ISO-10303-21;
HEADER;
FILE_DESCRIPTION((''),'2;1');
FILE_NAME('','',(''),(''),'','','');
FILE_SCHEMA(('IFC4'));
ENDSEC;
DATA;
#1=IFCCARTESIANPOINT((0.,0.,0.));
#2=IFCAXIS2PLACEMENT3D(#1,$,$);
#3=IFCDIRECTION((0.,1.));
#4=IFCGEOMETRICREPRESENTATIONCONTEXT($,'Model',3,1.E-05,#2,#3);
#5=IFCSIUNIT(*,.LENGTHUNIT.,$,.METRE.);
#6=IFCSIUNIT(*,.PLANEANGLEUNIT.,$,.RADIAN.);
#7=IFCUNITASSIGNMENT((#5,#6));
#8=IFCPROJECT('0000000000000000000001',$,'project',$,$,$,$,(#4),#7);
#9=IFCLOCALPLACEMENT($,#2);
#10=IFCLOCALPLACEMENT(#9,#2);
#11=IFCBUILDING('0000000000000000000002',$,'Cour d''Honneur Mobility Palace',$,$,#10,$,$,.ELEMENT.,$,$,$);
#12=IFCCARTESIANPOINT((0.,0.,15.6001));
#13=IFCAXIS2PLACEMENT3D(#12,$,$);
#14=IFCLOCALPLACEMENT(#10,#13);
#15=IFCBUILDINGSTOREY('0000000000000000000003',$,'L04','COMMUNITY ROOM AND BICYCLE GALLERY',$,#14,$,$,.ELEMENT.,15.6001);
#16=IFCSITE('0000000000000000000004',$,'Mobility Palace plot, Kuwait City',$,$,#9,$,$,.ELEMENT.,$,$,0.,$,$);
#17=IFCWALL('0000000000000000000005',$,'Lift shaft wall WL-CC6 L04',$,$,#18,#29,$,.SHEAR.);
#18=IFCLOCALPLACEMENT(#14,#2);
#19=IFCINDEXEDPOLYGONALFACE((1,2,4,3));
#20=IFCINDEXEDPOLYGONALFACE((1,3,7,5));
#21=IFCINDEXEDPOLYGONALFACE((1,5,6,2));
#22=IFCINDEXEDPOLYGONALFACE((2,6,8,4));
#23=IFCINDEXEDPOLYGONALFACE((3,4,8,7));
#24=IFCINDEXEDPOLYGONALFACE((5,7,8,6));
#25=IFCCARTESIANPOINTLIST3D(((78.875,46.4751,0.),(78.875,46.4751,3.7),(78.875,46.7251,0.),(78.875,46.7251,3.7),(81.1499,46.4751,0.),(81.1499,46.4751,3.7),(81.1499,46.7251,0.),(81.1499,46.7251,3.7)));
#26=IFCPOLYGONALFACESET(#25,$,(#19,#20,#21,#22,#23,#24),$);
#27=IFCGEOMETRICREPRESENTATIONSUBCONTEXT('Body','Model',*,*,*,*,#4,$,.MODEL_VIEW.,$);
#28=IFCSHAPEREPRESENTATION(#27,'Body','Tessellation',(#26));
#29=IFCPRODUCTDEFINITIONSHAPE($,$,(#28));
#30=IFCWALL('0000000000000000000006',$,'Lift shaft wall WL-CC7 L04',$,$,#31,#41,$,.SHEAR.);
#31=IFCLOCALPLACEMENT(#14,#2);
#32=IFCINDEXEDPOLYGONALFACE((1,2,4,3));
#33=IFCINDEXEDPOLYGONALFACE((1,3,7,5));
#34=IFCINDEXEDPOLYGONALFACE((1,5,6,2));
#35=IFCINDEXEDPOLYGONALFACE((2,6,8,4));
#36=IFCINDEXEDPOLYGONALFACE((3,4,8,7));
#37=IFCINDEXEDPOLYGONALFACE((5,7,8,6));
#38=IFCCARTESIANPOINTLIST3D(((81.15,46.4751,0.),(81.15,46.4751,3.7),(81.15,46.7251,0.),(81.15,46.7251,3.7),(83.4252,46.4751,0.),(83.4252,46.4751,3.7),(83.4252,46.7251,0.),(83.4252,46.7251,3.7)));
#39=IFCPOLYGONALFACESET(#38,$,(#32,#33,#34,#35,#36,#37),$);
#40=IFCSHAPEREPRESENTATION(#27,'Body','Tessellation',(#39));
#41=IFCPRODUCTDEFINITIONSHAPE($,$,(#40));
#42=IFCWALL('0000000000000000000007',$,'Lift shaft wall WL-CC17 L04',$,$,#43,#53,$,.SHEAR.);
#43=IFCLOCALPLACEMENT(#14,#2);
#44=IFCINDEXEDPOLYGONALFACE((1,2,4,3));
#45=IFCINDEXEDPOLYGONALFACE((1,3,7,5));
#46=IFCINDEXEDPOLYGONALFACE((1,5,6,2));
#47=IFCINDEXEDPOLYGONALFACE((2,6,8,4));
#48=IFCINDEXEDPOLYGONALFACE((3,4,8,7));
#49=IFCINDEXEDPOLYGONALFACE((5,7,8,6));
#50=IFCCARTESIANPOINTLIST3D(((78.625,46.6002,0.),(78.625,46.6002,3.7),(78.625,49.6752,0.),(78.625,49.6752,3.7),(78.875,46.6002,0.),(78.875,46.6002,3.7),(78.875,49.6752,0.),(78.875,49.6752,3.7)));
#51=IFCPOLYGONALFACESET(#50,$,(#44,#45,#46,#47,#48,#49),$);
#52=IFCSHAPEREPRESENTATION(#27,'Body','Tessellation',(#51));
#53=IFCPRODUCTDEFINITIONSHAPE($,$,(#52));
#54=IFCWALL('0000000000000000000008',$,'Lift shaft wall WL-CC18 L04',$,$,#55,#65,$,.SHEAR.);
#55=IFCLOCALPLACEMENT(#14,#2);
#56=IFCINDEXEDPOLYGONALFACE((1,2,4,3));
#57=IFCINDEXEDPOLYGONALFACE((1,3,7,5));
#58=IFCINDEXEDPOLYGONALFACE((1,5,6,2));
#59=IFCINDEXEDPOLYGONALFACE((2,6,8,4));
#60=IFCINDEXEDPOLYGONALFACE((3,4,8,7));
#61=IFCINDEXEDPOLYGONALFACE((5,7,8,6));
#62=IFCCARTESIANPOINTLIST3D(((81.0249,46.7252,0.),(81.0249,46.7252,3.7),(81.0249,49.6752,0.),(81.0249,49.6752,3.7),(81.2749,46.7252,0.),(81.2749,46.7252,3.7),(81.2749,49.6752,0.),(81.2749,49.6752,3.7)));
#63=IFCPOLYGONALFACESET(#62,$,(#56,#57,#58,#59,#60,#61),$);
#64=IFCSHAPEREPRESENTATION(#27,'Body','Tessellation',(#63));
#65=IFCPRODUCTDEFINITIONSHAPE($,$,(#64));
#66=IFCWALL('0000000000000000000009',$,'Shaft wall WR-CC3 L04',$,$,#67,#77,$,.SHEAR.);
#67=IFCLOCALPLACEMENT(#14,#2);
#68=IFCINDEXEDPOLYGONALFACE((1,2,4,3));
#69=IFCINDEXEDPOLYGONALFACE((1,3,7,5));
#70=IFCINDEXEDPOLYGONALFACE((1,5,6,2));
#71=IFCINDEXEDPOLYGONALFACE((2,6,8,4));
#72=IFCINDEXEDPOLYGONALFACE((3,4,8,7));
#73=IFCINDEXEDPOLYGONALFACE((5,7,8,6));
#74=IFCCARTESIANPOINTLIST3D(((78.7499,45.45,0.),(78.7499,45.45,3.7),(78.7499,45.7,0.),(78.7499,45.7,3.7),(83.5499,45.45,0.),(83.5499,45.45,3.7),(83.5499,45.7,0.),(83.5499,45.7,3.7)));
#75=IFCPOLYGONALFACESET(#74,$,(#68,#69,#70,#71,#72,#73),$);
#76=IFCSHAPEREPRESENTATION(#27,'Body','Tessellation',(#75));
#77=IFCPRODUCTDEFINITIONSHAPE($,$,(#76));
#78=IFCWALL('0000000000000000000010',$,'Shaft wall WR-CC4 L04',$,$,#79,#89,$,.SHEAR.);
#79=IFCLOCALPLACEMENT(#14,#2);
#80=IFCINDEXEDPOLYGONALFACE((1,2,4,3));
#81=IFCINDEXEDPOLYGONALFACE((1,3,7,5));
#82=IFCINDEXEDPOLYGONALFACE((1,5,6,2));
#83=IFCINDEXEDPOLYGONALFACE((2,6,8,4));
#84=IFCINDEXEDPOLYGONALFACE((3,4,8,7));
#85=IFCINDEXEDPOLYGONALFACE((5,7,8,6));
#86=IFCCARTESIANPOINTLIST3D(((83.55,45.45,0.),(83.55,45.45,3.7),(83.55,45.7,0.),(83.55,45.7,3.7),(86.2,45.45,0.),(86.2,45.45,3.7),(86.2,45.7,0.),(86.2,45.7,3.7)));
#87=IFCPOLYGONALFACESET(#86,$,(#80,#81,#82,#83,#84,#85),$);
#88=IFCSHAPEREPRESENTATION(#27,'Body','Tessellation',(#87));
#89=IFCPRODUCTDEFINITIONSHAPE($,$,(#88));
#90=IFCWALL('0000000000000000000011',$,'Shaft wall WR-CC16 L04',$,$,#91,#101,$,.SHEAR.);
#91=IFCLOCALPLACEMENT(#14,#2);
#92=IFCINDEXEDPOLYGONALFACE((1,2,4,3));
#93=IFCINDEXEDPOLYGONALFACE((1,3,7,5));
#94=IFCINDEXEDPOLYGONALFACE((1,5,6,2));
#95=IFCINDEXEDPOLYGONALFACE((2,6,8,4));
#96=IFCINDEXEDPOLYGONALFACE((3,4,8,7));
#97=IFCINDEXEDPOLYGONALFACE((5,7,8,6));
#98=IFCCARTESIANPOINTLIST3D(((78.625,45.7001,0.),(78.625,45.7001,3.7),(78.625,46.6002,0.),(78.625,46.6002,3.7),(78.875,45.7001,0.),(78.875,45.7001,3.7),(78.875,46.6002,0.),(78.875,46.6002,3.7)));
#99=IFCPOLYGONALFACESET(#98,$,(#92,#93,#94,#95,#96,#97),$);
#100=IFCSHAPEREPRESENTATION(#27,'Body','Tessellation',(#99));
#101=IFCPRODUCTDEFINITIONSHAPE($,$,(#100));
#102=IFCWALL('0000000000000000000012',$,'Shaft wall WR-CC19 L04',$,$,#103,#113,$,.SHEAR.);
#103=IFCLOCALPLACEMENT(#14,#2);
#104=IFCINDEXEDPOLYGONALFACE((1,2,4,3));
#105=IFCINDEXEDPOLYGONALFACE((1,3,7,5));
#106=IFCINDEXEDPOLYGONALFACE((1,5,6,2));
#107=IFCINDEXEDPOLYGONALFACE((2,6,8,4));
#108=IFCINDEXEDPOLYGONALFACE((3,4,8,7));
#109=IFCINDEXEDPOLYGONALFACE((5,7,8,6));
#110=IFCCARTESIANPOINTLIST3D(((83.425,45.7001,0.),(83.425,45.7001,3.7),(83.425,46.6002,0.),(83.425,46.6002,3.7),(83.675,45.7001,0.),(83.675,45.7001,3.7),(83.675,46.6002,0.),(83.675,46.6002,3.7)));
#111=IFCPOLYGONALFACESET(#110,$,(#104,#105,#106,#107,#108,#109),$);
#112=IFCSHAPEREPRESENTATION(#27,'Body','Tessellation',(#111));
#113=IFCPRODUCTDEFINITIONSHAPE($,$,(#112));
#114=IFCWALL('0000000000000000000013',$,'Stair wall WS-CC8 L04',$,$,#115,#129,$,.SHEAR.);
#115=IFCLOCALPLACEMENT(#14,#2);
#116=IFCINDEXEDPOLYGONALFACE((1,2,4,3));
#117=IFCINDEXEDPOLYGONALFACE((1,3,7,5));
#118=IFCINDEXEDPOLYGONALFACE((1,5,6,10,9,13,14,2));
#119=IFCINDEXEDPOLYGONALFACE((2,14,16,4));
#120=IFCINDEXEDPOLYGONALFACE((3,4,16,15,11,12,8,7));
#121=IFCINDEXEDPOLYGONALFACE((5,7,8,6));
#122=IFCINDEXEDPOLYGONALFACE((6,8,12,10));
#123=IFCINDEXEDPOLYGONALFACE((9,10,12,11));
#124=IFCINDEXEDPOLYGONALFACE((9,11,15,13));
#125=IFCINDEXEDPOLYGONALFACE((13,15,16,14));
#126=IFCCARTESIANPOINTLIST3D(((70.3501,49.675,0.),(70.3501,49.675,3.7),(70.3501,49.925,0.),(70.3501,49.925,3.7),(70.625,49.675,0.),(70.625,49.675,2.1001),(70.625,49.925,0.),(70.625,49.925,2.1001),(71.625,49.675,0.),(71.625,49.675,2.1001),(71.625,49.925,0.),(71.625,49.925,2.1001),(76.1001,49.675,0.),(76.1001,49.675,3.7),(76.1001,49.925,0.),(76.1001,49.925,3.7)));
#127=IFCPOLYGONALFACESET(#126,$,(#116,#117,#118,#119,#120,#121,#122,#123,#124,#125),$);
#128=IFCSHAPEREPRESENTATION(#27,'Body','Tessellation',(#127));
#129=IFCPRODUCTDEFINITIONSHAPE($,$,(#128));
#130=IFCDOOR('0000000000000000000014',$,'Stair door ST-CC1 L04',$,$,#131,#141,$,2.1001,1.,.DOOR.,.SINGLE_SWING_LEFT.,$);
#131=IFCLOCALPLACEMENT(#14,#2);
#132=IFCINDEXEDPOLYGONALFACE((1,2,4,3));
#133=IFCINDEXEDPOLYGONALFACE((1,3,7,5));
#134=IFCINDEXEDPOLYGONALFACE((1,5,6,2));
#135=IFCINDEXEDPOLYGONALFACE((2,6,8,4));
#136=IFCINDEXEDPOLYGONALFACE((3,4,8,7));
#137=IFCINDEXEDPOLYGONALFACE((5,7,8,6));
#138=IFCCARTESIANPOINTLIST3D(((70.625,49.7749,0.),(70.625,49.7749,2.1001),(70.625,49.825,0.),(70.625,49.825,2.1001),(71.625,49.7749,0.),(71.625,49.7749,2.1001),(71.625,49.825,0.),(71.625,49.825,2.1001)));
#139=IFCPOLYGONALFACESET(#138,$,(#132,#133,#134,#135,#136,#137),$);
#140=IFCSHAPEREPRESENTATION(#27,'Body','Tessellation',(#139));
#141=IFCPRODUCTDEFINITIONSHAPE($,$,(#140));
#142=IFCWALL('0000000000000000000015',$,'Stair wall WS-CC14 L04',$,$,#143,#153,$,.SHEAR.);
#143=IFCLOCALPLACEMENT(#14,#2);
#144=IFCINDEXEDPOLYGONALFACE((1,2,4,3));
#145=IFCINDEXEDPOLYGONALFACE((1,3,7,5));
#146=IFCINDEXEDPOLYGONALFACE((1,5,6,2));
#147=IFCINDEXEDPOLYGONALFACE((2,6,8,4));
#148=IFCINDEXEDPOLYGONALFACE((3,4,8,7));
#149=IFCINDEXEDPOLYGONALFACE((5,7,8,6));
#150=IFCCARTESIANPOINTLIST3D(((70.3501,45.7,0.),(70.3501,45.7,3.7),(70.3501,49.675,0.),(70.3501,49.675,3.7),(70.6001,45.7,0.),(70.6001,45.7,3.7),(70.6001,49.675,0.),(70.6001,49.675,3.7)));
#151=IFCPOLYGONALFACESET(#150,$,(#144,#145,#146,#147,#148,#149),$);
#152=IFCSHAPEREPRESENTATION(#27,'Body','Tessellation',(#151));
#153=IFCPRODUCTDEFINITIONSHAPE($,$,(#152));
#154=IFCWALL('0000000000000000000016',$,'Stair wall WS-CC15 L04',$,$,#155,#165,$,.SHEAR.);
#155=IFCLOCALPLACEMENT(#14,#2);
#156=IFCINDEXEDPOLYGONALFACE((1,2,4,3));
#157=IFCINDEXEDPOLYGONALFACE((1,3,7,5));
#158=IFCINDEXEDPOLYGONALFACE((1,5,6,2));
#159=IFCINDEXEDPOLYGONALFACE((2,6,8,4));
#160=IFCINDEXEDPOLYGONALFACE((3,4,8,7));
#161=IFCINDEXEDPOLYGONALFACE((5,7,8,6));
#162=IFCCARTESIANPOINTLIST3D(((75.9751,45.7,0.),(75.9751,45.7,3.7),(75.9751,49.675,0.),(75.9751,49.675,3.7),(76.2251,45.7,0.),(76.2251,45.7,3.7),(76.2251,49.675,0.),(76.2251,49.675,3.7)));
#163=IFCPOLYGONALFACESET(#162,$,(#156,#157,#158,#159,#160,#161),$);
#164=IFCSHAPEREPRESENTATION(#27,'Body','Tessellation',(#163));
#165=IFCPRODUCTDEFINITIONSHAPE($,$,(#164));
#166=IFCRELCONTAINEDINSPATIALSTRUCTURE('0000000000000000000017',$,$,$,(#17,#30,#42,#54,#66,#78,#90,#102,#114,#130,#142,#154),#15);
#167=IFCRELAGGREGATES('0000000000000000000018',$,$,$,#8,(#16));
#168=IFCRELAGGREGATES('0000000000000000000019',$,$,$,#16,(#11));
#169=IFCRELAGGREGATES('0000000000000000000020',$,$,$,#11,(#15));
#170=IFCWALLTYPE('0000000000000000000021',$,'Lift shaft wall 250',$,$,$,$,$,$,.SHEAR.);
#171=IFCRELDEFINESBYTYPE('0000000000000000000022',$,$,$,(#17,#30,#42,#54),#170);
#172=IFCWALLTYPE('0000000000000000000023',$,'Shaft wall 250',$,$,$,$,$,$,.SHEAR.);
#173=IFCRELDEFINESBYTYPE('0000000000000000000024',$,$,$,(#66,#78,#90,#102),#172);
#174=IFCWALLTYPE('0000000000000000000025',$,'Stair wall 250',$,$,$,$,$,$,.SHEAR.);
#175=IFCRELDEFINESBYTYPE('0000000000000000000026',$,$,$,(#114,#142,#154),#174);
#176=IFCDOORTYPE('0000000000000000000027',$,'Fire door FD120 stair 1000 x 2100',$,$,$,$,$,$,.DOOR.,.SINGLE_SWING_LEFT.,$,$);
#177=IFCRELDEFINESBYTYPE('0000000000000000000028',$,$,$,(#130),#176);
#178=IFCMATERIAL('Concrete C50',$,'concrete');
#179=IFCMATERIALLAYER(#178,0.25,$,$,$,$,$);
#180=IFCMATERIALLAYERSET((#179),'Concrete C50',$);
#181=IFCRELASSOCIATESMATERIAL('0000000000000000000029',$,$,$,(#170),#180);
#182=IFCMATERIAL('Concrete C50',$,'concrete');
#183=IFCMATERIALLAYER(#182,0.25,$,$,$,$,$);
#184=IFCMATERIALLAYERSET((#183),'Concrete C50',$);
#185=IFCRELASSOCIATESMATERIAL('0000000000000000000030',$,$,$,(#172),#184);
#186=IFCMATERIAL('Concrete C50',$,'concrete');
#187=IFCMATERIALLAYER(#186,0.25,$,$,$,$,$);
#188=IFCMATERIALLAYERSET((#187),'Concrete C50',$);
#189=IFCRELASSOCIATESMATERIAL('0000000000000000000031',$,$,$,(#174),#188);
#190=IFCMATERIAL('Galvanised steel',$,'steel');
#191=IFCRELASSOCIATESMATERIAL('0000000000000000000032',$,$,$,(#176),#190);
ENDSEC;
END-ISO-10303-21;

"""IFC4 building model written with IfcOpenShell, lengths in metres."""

from ifc_helpers import new_model, si_unit, direction, frame, frame_2d, origin, place, context, subcontext, project, spatial, rectangle, extrude, material, layer, layer_set, type_object, element, fill, save


model = new_model("IFC4")

# Units and contexts
model_context = context("Model", 3, precision=1e-05, world=origin(), true_north=direction((0.0, 1.0)))
body_context = subcontext(model_context, "Body", "Model", "MODEL_VIEW")
ifc_project = project(units=[si_unit("LENGTHUNIT", "METRE"), si_unit("PLANEANGLEUNIT", "RADIAN")], contexts=[model_context])

# Site, building, storey
site_placement = place(None, origin())
site = spatial("IfcSite", under=ifc_project, at=site_placement, Name="Mobility Palace plot, Kuwait City", CompositionType="ELEMENT", RefElevation=0.0)
building_placement = place(site_placement, origin())
building = spatial("IfcBuilding", under=site, at=building_placement, Name="Cour d'Honneur Mobility Palace", CompositionType="ELEMENT")
storey_placement = place(building_placement, frame((0.0, 0.0, 15.6001)))
storey = spatial("IfcBuildingStorey", under=building, at=storey_placement, Name="L04", Description="COMMUNITY ROOM AND BICYCLE GALLERY", CompositionType="ELEMENT", Elevation=15.6001)

# Walls
ifc_material_1 = material(Name="Concrete C50", Category="concrete")
ifc_layer_1 = layer(ifc_material_1, 0.25)
ifc_layer_set_1 = layer_set([ifc_layer_1], Name="Concrete C50")
wall_type_1 = type_object("IfcWallType", Name="Lift shaft wall 250", PredefinedType="SHEAR", material=ifc_layer_set_1)
wall_1_placement = place(storey_placement, frame((78.875, 46.6001, 0.0), z_axis=(0.0, 0.0, 1.0), x_axis=(1.0, 0.0, 0.0)))
element("IfcWall", 1, at=wall_1_placement, inside=storey, type_object=wall_type_1, Name="Lift shaft wall WL-CC6 L04", PredefinedType="SHEAR", context=body_context, shape_type="SweptSolid", body=[
    extrude(rectangle(XDim=2.2749, YDim=0.25, at=frame_2d((1.1375, 0.0))), origin(), (0.0, 0.0, 1.0), 3.7),
])
wall_2_placement = place(storey_placement, frame((81.1499, 46.6001, 0.0), z_axis=(0.0, 0.0, 1.0), x_axis=(1.0, 0.0, 0.0)))
element("IfcWall", 2, at=wall_2_placement, inside=storey, type_object=wall_type_1, Name="Lift shaft wall WL-CC7 L04", PredefinedType="SHEAR", context=body_context, shape_type="SweptSolid", body=[
    extrude(rectangle(XDim=2.2751, YDim=0.25, at=frame_2d((1.1377, 0.0))), origin(), (0.0, 0.0, 1.0), 3.7),
])
wall_3_placement = place(storey_placement, frame((78.75, 46.6001, 0.0), z_axis=(0.0, 0.0, 1.0), x_axis=(0.0, 1.0, 0.0)))
element("IfcWall", 3, at=wall_3_placement, inside=storey, type_object=wall_type_1, Name="Lift shaft wall WL-CC17 L04", PredefinedType="SHEAR", context=body_context, shape_type="SweptSolid", body=[
    extrude(rectangle(XDim=3.075, YDim=0.25, at=frame_2d((1.5376, 0.0))), origin(), (0.0, 0.0, 1.0), 3.7),
])
wall_4_placement = place(storey_placement, frame((81.1499, 46.7251, 0.0), z_axis=(0.0, 0.0, 1.0), x_axis=(0.0, 1.0, 0.0)))
element("IfcWall", 4, at=wall_4_placement, inside=storey, type_object=wall_type_1, Name="Lift shaft wall WL-CC18 L04", PredefinedType="SHEAR", context=body_context, shape_type="SweptSolid", body=[
    extrude(rectangle(XDim=2.95, YDim=0.25, at=frame_2d((1.4751, 0.0))), origin(), (0.0, 0.0, 1.0), 3.7),
])
ifc_material_2 = material(Name="Concrete C50", Category="concrete")
ifc_layer_2 = layer(ifc_material_2, 0.25)
ifc_layer_set_2 = layer_set([ifc_layer_2], Name="Concrete C50")
wall_type_2 = type_object("IfcWallType", Name="Shaft wall 250", PredefinedType="SHEAR", material=ifc_layer_set_2)
wall_5_placement = place(storey_placement, frame((78.75, 45.575, 0.0), z_axis=(0.0, 0.0, 1.0), x_axis=(1.0, 0.0, 0.0)))
element("IfcWall", 5, at=wall_5_placement, inside=storey, type_object=wall_type_2, Name="Shaft wall WR-CC3 L04", PredefinedType="SHEAR", context=body_context, shape_type="SweptSolid", body=[
    extrude(rectangle(XDim=4.8, YDim=0.25, at=frame_2d((2.3999, 0.0))), origin(), (0.0, 0.0, 1.0), 3.7),
])
wall_6_placement = place(storey_placement, frame((83.55, 45.575, 0.0), z_axis=(0.0, 0.0, 1.0), x_axis=(1.0, 0.0, 0.0)))
element("IfcWall", 6, at=wall_6_placement, inside=storey, type_object=wall_type_2, Name="Shaft wall WR-CC4 L04", PredefinedType="SHEAR", context=body_context, shape_type="SweptSolid", body=[
    extrude(rectangle(XDim=2.6499, YDim=0.25, at=frame_2d((1.325, 0.0))), origin(), (0.0, 0.0, 1.0), 3.7),
])
for number, where, z_axis, x_axis, name in (
    (7, (78.75, 45.7, 0.0), (0.0, 0.0, 1.0), (0.0, 1.0, 0.0), "Shaft wall WR-CC16 L04"),
    (8, (83.55, 45.7, 0.0), (0.0, 0.0, 1.0), (0.0, 1.0, 0.0), "Shaft wall WR-CC19 L04"),
):
    element("IfcWall", number, at=place(storey_placement, frame(where, z_axis=z_axis, x_axis=x_axis)), inside=storey, type_object=wall_type_2, Name=name, PredefinedType="SHEAR", context=body_context, shape_type="SweptSolid", body=[
        extrude(rectangle(XDim=0.9001, YDim=0.25, at=frame_2d((0.4502, 0.0))), origin(), (0.0, 0.0, 1.0), 3.7),
    ])

# Wall, opening, door
ifc_material_3 = material(Name="Concrete C50", Category="concrete")
ifc_layer_3 = layer(ifc_material_3, 0.25)
ifc_layer_set_3 = layer_set([ifc_layer_3], Name="Concrete C50")
wall_type_3 = type_object("IfcWallType", Name="Stair wall 250", PredefinedType="SHEAR", material=ifc_layer_set_3)
wall_7_placement = place(storey_placement, frame((70.3501, 49.8, 0.0), z_axis=(0.0, 0.0, 1.0), x_axis=(1.0, 0.0, 0.0)))
wall_7 = element("IfcWall", 9, at=wall_7_placement, inside=storey, type_object=wall_type_3, Name="Stair wall WS-CC8 L04", PredefinedType="SHEAR", context=body_context, shape_type="SweptSolid", body=[
    extrude(rectangle(XDim=5.75, YDim=0.25, at=frame_2d((2.875, 0.0))), origin(), (0.0, 0.0, 1.0), 3.7),
])
opening_placement = place(wall_7_placement, frame((0.2749, 0.0, 0.0)))
opening = element("IfcOpeningElement", 10, at=opening_placement, cuts=wall_7, PredefinedType="OPENING", context=body_context, shape_type="SweptSolid", body=[
    extrude(rectangle(XDim=1.0, YDim=2.1001, at=frame_2d((0.5, 1.05))), frame((0.0, 0.135, 0.0), z_axis=(0.0, -1.0, 0.0), x_axis=(1.0, 0.0, 0.0)), (0.0, 0.0, 1.0), 0.27),
])
ifc_material_4 = material(Name="Galvanised steel", Category="steel")
door_type = type_object("IfcDoorType", Name="Fire door FD120 stair 1000 x 2100", OperationType="SINGLE_SWING_LEFT", PredefinedType="DOOR", material=ifc_material_4)
door_placement = place(opening_placement, origin())
door = element("IfcDoor", 11, at=door_placement, inside=storey, type_object=door_type, Name="Stair door ST-CC1 L04", OperationType="SINGLE_SWING_LEFT", OverallHeight=2.1001, OverallWidth=1.0, PredefinedType="DOOR", context=body_context, shape_type="SweptSolid", body=[
    extrude(rectangle(XDim=1.0, YDim=2.1001, at=frame_2d((0.5, 1.05))), frame((0.0, 0.0249, 0.0), z_axis=(0.0, -1.0, 0.0), x_axis=(1.0, 0.0, 0.0)), (0.0, 0.0, 1.0), 0.05),
])
fill(opening, door)

# Walls
for number, where, z_axis, x_axis, name in (
    (12, (70.4751, 45.7, 0.0), (0.0, 0.0, 1.0), (0.0, 1.0, 0.0), "Stair wall WS-CC14 L04"),
    (13, (76.1001, 45.7, 0.0), (0.0, 0.0, 1.0), (0.0, 1.0, 0.0), "Stair wall WS-CC15 L04"),
):
    element("IfcWall", number, at=place(storey_placement, frame(where, z_axis=z_axis, x_axis=x_axis)), inside=storey, type_object=wall_type_3, Name=name, PredefinedType="SHEAR", context=body_context, shape_type="SweptSolid", body=[
        extrude(rectangle(XDim=3.9751, YDim=0.25, at=frame_2d((1.9875, 0.0))), origin(), (0.0, 0.0, 1.0), 3.7),
    ])

save(model, "model.ifc")
